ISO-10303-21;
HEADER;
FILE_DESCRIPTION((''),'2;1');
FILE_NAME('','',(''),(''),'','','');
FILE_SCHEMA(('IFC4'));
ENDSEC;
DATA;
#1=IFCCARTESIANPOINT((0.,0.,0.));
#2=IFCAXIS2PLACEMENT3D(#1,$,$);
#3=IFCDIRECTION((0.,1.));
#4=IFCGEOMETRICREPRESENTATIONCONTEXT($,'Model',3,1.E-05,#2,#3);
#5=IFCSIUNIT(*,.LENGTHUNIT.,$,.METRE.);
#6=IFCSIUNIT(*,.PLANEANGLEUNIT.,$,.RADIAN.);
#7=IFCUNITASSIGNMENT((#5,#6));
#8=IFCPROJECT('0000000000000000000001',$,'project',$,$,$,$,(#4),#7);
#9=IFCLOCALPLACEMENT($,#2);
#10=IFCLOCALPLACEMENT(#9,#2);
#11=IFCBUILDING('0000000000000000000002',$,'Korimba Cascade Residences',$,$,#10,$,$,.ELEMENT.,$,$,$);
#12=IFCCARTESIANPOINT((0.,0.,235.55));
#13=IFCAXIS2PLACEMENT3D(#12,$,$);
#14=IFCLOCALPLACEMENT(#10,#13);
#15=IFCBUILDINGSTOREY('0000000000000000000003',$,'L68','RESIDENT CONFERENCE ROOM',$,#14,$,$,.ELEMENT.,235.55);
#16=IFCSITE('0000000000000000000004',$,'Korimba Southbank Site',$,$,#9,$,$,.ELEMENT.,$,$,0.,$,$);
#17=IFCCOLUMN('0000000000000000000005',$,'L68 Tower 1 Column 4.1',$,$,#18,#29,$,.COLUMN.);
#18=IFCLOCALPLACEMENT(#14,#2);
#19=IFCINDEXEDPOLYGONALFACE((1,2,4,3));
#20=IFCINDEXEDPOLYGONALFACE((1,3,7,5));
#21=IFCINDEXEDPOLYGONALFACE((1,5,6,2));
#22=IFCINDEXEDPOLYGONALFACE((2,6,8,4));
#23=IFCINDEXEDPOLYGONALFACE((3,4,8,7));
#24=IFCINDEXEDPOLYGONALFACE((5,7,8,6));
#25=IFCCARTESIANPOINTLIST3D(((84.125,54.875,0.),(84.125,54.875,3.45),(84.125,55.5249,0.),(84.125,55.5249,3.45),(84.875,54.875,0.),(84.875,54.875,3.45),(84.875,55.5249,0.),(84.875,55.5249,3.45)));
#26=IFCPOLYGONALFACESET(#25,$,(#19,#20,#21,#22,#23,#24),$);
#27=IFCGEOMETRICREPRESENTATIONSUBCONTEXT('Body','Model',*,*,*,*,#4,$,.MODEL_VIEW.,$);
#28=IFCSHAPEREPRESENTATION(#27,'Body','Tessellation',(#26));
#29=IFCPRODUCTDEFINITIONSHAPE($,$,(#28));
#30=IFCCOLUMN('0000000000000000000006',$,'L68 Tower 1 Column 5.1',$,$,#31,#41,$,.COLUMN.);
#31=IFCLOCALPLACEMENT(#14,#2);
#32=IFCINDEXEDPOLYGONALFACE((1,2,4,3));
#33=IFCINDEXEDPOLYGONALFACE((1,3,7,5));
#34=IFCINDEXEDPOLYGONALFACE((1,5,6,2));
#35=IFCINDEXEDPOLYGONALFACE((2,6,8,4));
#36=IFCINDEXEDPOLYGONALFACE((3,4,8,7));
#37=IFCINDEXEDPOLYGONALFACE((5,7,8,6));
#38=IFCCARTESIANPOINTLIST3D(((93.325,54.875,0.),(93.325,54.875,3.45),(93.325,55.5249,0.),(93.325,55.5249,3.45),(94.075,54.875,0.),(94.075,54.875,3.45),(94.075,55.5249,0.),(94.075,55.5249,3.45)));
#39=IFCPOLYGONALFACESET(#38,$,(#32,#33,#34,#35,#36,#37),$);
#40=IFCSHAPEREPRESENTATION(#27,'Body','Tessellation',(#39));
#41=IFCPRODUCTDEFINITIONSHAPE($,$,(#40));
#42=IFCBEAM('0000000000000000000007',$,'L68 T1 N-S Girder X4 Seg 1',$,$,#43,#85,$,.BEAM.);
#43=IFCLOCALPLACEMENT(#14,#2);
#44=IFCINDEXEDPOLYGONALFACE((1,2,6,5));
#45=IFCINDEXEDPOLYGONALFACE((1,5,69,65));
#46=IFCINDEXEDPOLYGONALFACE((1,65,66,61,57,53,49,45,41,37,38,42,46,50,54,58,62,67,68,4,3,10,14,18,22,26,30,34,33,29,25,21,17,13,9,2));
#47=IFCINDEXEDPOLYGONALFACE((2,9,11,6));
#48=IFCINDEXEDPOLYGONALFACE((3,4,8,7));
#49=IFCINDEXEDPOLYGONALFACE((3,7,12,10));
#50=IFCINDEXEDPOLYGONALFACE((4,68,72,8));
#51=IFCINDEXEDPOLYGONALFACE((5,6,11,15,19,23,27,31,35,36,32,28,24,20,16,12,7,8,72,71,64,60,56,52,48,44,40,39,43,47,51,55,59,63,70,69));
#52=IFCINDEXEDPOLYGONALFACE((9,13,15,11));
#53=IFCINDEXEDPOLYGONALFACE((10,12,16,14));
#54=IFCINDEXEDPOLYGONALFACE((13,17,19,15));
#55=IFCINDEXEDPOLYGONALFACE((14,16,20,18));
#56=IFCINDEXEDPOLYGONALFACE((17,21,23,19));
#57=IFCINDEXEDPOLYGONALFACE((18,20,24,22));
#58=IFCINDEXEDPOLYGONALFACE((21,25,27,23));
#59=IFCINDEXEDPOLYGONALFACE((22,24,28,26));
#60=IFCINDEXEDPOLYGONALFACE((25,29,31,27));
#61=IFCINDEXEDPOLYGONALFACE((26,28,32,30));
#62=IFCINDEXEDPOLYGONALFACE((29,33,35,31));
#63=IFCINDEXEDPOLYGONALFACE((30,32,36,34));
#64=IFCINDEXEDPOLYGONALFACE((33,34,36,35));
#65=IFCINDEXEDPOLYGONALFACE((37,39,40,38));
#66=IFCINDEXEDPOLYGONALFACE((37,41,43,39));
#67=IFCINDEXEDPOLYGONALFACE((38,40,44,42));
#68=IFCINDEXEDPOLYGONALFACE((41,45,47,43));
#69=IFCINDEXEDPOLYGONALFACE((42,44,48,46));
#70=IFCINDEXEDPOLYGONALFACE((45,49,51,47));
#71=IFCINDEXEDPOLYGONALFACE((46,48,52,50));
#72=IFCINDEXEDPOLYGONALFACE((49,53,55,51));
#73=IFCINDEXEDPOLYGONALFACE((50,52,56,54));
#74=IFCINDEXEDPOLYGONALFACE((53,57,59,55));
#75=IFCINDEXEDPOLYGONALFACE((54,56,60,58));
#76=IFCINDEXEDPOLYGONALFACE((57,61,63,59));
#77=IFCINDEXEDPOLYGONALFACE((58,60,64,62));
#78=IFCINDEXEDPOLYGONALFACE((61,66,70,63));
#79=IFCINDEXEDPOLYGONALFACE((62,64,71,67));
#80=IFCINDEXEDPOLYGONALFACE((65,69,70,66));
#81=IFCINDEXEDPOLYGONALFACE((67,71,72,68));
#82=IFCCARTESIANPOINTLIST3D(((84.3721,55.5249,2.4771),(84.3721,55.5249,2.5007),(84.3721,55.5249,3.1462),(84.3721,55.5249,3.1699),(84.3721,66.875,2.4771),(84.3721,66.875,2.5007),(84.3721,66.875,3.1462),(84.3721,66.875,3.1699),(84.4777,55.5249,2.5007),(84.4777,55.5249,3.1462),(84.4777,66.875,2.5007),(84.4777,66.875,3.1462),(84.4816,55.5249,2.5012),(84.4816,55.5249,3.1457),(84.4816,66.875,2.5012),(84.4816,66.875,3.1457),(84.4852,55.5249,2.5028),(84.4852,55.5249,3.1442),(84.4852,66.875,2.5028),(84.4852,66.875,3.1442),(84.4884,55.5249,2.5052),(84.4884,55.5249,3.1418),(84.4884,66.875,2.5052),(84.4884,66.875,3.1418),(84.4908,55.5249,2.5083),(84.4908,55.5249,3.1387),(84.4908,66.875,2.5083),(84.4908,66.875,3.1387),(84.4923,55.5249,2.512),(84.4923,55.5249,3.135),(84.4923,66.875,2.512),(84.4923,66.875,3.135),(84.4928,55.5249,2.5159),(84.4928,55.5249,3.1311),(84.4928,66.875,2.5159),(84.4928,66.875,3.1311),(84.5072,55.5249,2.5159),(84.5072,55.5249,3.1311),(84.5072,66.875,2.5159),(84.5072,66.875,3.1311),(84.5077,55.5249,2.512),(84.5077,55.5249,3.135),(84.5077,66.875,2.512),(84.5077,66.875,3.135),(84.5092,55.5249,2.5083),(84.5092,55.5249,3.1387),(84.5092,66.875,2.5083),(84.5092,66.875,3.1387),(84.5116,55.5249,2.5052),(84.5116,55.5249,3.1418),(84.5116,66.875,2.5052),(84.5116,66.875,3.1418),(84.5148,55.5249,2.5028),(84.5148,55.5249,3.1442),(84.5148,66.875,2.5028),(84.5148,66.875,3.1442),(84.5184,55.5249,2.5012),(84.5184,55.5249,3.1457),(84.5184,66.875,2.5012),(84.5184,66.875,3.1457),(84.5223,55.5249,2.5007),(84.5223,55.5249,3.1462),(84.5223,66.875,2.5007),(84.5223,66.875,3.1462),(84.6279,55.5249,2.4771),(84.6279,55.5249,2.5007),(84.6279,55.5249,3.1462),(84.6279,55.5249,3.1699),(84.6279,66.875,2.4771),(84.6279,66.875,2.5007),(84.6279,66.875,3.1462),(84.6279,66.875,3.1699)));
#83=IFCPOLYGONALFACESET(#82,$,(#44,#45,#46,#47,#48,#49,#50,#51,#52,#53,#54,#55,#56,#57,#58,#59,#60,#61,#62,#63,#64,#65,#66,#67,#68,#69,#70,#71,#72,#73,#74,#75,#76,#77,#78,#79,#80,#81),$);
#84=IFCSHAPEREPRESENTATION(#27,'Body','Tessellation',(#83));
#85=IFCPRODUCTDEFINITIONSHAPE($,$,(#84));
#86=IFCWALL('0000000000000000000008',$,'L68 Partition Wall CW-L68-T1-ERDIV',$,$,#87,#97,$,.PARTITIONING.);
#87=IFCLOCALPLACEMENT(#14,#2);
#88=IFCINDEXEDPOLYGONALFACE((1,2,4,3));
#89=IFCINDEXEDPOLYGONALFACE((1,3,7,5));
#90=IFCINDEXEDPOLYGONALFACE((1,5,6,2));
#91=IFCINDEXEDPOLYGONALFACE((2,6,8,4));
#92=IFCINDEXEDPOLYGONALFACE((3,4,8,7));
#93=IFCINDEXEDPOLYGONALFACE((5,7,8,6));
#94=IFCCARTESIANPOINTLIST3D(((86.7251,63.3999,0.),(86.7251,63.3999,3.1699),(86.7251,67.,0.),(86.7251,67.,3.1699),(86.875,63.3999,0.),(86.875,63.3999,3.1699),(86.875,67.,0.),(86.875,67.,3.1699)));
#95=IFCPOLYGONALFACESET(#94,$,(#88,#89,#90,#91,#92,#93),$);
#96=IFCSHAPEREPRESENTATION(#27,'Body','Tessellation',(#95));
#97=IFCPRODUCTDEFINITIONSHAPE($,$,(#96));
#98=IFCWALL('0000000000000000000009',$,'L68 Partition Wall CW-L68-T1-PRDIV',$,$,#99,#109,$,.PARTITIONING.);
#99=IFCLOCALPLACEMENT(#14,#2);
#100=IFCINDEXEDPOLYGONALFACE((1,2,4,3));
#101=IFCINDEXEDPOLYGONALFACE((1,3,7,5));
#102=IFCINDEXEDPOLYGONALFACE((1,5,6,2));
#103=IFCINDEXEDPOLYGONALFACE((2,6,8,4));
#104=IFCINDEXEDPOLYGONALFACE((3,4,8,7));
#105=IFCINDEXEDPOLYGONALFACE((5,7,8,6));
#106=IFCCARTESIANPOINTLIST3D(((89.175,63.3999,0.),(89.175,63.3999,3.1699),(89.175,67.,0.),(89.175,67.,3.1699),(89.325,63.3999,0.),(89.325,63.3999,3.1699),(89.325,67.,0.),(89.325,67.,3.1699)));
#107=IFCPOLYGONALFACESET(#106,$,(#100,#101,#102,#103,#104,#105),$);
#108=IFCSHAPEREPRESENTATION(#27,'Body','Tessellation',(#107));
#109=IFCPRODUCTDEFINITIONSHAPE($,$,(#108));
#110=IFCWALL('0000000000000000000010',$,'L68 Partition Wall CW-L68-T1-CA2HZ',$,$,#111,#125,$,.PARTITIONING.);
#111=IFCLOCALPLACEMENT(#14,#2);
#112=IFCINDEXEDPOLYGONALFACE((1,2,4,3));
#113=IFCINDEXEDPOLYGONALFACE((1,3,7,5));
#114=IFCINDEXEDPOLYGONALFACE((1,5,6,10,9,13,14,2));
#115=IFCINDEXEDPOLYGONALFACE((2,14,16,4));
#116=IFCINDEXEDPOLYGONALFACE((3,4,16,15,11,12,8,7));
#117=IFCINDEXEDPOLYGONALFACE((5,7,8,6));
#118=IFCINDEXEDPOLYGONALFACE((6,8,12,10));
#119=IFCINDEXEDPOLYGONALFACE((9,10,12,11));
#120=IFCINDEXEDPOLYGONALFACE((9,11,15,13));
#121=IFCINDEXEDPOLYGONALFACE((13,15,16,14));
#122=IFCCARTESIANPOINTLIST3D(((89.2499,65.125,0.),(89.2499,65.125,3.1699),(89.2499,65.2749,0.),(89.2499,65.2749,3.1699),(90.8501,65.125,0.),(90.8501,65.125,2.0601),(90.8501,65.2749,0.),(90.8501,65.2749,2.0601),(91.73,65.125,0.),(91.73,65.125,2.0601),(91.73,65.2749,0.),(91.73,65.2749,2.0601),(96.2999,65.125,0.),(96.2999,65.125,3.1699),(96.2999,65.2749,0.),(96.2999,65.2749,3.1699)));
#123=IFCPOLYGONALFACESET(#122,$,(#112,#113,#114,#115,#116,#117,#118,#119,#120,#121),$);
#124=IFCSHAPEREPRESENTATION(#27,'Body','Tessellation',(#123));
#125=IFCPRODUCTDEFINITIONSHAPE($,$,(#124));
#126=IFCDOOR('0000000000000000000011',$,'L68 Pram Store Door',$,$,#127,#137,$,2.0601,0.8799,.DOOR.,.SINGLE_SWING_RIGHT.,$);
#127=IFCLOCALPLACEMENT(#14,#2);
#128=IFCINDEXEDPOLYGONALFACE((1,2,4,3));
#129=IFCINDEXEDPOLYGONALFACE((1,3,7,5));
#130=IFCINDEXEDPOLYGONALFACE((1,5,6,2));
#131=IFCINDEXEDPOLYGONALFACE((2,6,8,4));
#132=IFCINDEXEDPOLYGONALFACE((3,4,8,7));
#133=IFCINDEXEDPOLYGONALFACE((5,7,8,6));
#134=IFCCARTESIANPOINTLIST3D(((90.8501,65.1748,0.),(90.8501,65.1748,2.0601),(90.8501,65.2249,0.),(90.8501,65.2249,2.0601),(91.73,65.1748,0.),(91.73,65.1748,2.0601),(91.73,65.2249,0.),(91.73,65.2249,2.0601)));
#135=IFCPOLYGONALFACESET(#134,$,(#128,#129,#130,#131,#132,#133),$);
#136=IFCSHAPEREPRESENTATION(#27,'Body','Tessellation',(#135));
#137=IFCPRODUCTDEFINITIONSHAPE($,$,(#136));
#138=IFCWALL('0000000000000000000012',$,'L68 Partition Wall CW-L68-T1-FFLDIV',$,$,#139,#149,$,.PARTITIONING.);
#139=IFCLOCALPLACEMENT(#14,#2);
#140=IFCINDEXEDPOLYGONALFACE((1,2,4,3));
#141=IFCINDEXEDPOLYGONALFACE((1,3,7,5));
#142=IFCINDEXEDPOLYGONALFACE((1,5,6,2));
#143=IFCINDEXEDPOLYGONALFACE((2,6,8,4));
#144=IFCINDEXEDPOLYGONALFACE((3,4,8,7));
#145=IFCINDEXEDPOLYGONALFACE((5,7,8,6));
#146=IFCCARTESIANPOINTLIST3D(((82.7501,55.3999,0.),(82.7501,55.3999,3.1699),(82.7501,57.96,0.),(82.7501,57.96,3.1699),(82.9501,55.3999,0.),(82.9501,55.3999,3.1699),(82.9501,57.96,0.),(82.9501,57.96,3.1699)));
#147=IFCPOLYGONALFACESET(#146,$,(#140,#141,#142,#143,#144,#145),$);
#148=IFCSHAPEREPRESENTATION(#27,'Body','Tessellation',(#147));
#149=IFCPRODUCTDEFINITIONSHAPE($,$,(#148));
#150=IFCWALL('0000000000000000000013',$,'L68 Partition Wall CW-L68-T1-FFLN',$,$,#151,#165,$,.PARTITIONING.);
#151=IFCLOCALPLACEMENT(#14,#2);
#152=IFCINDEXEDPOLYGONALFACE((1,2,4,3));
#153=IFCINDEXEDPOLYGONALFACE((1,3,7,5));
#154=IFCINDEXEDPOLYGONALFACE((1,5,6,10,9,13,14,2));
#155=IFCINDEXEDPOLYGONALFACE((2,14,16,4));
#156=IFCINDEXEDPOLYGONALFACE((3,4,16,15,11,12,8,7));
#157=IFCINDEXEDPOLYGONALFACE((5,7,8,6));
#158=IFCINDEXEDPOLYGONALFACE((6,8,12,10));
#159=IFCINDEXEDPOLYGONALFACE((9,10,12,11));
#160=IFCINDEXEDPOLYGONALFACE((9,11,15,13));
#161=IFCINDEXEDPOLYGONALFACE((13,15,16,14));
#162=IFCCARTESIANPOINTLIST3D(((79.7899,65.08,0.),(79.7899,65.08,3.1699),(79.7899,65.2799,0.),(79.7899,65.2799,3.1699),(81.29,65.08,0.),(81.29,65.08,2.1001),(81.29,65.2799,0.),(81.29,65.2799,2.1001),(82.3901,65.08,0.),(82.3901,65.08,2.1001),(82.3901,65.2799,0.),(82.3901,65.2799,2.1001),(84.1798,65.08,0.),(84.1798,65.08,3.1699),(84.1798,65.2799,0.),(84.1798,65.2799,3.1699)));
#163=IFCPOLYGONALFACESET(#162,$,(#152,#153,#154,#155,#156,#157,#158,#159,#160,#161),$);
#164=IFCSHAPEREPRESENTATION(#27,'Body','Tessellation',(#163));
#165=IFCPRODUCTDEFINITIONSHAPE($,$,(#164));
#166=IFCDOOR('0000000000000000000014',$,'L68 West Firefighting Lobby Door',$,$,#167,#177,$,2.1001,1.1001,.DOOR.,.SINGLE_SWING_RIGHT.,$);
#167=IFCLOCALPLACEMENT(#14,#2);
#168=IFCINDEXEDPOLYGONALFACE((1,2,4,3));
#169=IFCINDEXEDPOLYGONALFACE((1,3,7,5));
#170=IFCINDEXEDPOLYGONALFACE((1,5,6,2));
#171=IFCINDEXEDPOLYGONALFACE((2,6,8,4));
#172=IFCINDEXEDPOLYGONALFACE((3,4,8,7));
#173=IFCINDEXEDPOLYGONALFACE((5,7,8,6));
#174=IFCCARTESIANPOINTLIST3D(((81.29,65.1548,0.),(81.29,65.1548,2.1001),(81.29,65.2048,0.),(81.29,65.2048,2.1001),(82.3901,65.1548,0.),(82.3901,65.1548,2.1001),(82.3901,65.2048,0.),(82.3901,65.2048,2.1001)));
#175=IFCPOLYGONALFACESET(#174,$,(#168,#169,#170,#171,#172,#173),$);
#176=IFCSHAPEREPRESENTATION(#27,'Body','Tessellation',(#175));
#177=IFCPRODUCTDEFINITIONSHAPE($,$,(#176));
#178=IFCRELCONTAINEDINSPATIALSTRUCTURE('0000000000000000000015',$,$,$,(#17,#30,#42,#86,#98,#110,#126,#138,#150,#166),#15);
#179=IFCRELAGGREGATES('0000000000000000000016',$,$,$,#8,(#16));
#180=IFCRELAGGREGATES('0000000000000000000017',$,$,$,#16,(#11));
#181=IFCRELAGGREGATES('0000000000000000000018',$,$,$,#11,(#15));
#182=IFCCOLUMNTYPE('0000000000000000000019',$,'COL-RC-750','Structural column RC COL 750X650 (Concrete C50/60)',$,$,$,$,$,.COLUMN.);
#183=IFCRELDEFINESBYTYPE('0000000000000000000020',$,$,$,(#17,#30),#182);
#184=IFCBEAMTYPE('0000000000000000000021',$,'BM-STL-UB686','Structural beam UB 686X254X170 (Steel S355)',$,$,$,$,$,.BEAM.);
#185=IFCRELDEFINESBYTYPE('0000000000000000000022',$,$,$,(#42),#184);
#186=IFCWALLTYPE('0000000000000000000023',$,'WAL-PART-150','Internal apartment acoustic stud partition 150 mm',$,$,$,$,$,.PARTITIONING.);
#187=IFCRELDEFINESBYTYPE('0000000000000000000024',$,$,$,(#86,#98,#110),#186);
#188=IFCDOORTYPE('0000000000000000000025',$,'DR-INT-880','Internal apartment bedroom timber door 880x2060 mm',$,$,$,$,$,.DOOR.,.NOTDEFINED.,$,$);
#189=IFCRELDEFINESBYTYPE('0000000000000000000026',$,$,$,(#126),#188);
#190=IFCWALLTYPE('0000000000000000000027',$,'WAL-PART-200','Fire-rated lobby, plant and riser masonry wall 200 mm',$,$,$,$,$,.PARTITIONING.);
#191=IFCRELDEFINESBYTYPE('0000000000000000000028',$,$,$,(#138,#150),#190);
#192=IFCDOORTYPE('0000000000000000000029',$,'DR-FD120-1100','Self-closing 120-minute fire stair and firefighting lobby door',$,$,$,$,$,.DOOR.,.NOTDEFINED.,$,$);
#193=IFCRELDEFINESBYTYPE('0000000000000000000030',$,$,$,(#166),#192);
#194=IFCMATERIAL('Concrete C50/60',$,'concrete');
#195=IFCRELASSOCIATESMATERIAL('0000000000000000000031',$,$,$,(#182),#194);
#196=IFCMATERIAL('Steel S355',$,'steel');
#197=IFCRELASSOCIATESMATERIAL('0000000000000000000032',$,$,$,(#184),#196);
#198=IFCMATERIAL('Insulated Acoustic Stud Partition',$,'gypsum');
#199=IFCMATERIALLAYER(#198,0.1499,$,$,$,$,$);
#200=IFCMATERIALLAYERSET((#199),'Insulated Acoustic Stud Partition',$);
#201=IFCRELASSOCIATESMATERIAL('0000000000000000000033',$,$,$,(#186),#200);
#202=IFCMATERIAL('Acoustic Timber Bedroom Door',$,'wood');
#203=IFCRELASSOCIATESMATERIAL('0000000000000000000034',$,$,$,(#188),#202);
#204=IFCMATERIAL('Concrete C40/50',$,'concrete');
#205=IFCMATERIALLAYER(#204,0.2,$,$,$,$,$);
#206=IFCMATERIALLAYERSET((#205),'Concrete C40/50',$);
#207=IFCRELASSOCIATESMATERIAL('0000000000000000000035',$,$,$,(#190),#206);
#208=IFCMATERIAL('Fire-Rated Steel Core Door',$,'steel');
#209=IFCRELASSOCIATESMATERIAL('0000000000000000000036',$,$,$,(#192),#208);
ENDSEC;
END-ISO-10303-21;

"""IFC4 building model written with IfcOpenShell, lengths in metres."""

from ifc_helpers import new_model, si_unit, direction, frame, frame_2d, origin, origin_2d, place, context, subcontext, project, spatial, rectangle, i_section, extrude, material, layer, layer_set, material_profile, profile_set, type_object, element, fill, save


model = new_model("IFC4")

# Units and contexts
model_context = context("Model", 3, precision=1e-05, world=origin(), true_north=direction((0.0, 1.0)))
body_context = subcontext(model_context, "Body", "Model", "MODEL_VIEW")
ifc_project = project(units=[si_unit("LENGTHUNIT", "METRE"), si_unit("PLANEANGLEUNIT", "RADIAN")], contexts=[model_context])

# Site, building, storey
site_placement = place(None, origin())
site = spatial("IfcSite", under=ifc_project, at=site_placement, Name="Korimba Southbank Site", CompositionType="ELEMENT", RefElevation=0.0)
building_placement = place(site_placement, origin())
building = spatial("IfcBuilding", under=site, at=building_placement, Name="Korimba Cascade Residences", CompositionType="ELEMENT")
storey_placement = place(building_placement, frame((0.0, 0.0, 235.55)))
storey = spatial("IfcBuildingStorey", under=building, at=storey_placement, Name="L68", Description="RESIDENT CONFERENCE ROOM", CompositionType="ELEMENT", Elevation=235.55)

# Columns
ifc_material_1 = material(Name="Concrete C50/60", Category="concrete")
ifc_material_profile_1 = material_profile(ifc_material_1, rectangle(XDim=0.75, YDim=0.6499, at=origin_2d()), Name="Concrete C50/60")
ifc_profile_set_1 = profile_set([ifc_material_profile_1], Name="Concrete C50/60")
column_type = type_object("IfcColumnType", Name="COL-RC-750", Description="Structural column RC COL 750X650 (Concrete C50/60)", PredefinedType="COLUMN", material=ifc_profile_set_1)
for number, where, z_axis, x_axis, name in (
    (1, (84.5, 55.2, 0.0), (0.0, 0.0, 1.0), (1.0, 0.0, 0.0), "L68 Tower 1 Column 4.1"),
    (2, (93.7, 55.2, 0.0), (0.0, 0.0, 1.0), (1.0, 0.0, 0.0), "L68 Tower 1 Column 5.1"),
):
    element("IfcColumn", number, at=place(storey_placement, frame(where, z_axis=z_axis, x_axis=x_axis)), inside=storey, type_object=column_type, Name=name, PredefinedType="COLUMN", context=body_context, shape_type="SweptSolid", body=[
        extrude(rectangle(XDim=0.75, YDim=0.6499, at=origin_2d()), origin(), (0.0, 0.0, 1.0), 3.45),
    ])

# Beam
ifc_material_2 = material(Name="Steel S355", Category="steel")
ifc_material_profile_2 = material_profile(ifc_material_2, i_section(OverallWidth=0.2559, OverallDepth=0.6929, WebThickness=0.0144, FlangeThickness=0.0237, FilletRadius=0.0151, at=origin_2d()), Name="Steel S355")
ifc_profile_set_2 = profile_set([ifc_material_profile_2], Name="Steel S355")
beam_type = type_object("IfcBeamType", Name="BM-STL-UB686", Description="Structural beam UB 686X254X170 (Steel S355)", PredefinedType="BEAM", material=ifc_profile_set_2)
beam_placement = place(storey_placement, frame((84.5, 55.5249, 2.8235), z_axis=(0.0, 1.0, 0.0), x_axis=(-1.0, 0.0, 0.0)))
element("IfcBeam", 3, at=beam_placement, inside=storey, type_object=beam_type, Name="L68 T1 N-S Girder X4 Seg 1", PredefinedType="BEAM", context=body_context, shape_type="SweptSolid", body=[
    extrude(i_section(OverallWidth=0.2559, OverallDepth=0.6929, WebThickness=0.0144, FlangeThickness=0.0237, FilletRadius=0.0151, at=origin_2d()), origin(), (0.0, 0.0, 1.0), 11.3501),
])

# Walls
ifc_material_3 = material(Name="Insulated Acoustic Stud Partition", Category="gypsum")
ifc_layer_1 = layer(ifc_material_3, 0.1499)
ifc_layer_set_1 = layer_set([ifc_layer_1], Name="Insulated Acoustic Stud Partition")
wall_type_1 = type_object("IfcWallType", Name="WAL-PART-150", Description="Internal apartment acoustic stud partition 150 mm", PredefinedType="PARTITIONING", material=ifc_layer_set_1)
for number, where, z_axis, x_axis, name in (
    (4, (86.8, 63.3999, 0.0), (0.0, 0.0, 1.0), (0.0, 1.0, 0.0), "L68 Partition Wall CW-L68-T1-ERDIV"),
    (5, (89.25, 63.3999, 0.0), (0.0, 0.0, 1.0), (0.0, 1.0, 0.0), "L68 Partition Wall CW-L68-T1-PRDIV"),
):
    element("IfcWall", number, at=place(storey_placement, frame(where, z_axis=z_axis, x_axis=x_axis)), inside=storey, type_object=wall_type_1, Name=name, PredefinedType="PARTITIONING", context=body_context, shape_type="SweptSolid", body=[
        extrude(rectangle(XDim=3.6001, YDim=0.1499, at=frame_2d((1.8, 0.0))), origin(), (0.0, 0.0, 1.0), 3.1699),
    ])

# Wall, opening, door
wall_1_placement = place(storey_placement, frame((89.25, 65.2, 0.0), z_axis=(0.0, 0.0, 1.0), x_axis=(1.0, 0.0, 0.0)))
wall_1 = element("IfcWall", 6, at=wall_1_placement, inside=storey, type_object=wall_type_1, Name="L68 Partition Wall CW-L68-T1-CA2HZ", PredefinedType="PARTITIONING", context=body_context, shape_type="SweptSolid", body=[
    extrude(rectangle(XDim=7.05, YDim=0.1499, at=frame_2d((3.5249, 0.0))), origin(), (0.0, 0.0, 1.0), 3.1699),
])
opening_1_placement = place(wall_1_placement, frame((1.6001, 0.0, 0.0)))
opening_1 = element("IfcOpeningElement", 7, at=opening_1_placement, cuts=wall_1, PredefinedType="OPENING", context=body_context, shape_type="SweptSolid", body=[
    extrude(rectangle(XDim=0.8799, YDim=2.0601, at=frame_2d((0.4399, 1.03))), frame((0.0, 0.085, 0.0), z_axis=(0.0, -1.0, 0.0), x_axis=(1.0, 0.0, 0.0)), (0.0, 0.0, 1.0), 0.1699),
])
ifc_material_4 = material(Name="Acoustic Timber Bedroom Door", Category="wood")
door_type_1 = type_object("IfcDoorType", Name="DR-INT-880", Description="Internal apartment bedroom timber door 880x2060 mm", OperationType="NOTDEFINED", PredefinedType="DOOR", material=ifc_material_4)
door_1_placement = place(opening_1_placement, origin())
door_1 = element("IfcDoor", 8, at=door_1_placement, inside=storey, type_object=door_type_1, Name="L68 Pram Store Door", OperationType="SINGLE_SWING_RIGHT", OverallHeight=2.0601, OverallWidth=0.8799, PredefinedType="DOOR", context=body_context, shape_type="SweptSolid", body=[
    extrude(rectangle(XDim=0.8799, YDim=2.0601, at=frame_2d((0.4399, 1.03))), frame((0.0, 0.0249, 0.0), z_axis=(0.0, -1.0, 0.0), x_axis=(1.0, 0.0, 0.0)), (0.0, 0.0, 1.0), 0.05),
])
fill(opening_1, door_1)

# Wall
ifc_material_5 = material(Name="Concrete C40/50", Category="concrete")
ifc_layer_2 = layer(ifc_material_5, 0.2)
ifc_layer_set_2 = layer_set([ifc_layer_2], Name="Concrete C40/50")
wall_type_2 = type_object("IfcWallType", Name="WAL-PART-200", Description="Fire-rated lobby, plant and riser masonry wall 200 mm", PredefinedType="PARTITIONING", material=ifc_layer_set_2)
wall_2_placement = place(storey_placement, frame((82.8501, 55.3999, 0.0), z_axis=(0.0, 0.0, 1.0), x_axis=(0.0, 1.0, 0.0)))
element("IfcWall", 9, at=wall_2_placement, inside=storey, type_object=wall_type_2, Name="L68 Partition Wall CW-L68-T1-FFLDIV", PredefinedType="PARTITIONING", context=body_context, shape_type="SweptSolid", body=[
    extrude(rectangle(XDim=2.5601, YDim=0.2, at=frame_2d((1.28, 0.0))), origin(), (0.0, 0.0, 1.0), 3.1699),
])

# Wall, opening, door
wall_3_placement = place(storey_placement, frame((79.79, 65.1799, 0.0), z_axis=(0.0, 0.0, 1.0), x_axis=(1.0, 0.0, 0.0)))
wall_3 = element("IfcWall", 10, at=wall_3_placement, inside=storey, type_object=wall_type_2, Name="L68 Partition Wall CW-L68-T1-FFLN", PredefinedType="PARTITIONING", context=body_context, shape_type="SweptSolid", body=[
    extrude(rectangle(XDim=4.3899, YDim=0.2, at=frame_2d((2.1948, 0.0))), origin(), (0.0, 0.0, 1.0), 3.1699),
])
opening_2_placement = place(wall_3_placement, frame((1.5, 0.0, 0.0)))
opening_2 = element("IfcOpeningElement", 11, at=opening_2_placement, cuts=wall_3, PredefinedType="OPENING", context=body_context, shape_type="SweptSolid", body=[
    extrude(rectangle(XDim=1.1001, YDim=2.1001, at=frame_2d((0.55, 1.05))), frame((0.0, 0.1099, 0.0), z_axis=(0.0, -1.0, 0.0), x_axis=(1.0, 0.0, 0.0)), (0.0, 0.0, 1.0), 0.22),
])
ifc_material_6 = material(Name="Fire-Rated Steel Core Door", Category="steel")
door_type_2 = type_object("IfcDoorType", Name="DR-FD120-1100", Description="Self-closing 120-minute fire stair and firefighting lobby door", OperationType="NOTDEFINED", PredefinedType="DOOR", material=ifc_material_6)
door_2_placement = place(opening_2_placement, origin())
door_2 = element("IfcDoor", 12, at=door_2_placement, inside=storey, type_object=door_type_2, Name="L68 West Firefighting Lobby Door", OperationType="SINGLE_SWING_RIGHT", OverallHeight=2.1001, OverallWidth=1.1001, PredefinedType="DOOR", context=body_context, shape_type="SweptSolid", body=[
    extrude(rectangle(XDim=1.1001, YDim=2.1001, at=frame_2d((0.55, 1.05))), frame((0.0, 0.0249, 0.0), z_axis=(0.0, -1.0, 0.0), x_axis=(1.0, 0.0, 0.0)), (0.0, 0.0, 1.0), 0.05),
])
fill(opening_2, door_2)

save(model, "model.ifc")
